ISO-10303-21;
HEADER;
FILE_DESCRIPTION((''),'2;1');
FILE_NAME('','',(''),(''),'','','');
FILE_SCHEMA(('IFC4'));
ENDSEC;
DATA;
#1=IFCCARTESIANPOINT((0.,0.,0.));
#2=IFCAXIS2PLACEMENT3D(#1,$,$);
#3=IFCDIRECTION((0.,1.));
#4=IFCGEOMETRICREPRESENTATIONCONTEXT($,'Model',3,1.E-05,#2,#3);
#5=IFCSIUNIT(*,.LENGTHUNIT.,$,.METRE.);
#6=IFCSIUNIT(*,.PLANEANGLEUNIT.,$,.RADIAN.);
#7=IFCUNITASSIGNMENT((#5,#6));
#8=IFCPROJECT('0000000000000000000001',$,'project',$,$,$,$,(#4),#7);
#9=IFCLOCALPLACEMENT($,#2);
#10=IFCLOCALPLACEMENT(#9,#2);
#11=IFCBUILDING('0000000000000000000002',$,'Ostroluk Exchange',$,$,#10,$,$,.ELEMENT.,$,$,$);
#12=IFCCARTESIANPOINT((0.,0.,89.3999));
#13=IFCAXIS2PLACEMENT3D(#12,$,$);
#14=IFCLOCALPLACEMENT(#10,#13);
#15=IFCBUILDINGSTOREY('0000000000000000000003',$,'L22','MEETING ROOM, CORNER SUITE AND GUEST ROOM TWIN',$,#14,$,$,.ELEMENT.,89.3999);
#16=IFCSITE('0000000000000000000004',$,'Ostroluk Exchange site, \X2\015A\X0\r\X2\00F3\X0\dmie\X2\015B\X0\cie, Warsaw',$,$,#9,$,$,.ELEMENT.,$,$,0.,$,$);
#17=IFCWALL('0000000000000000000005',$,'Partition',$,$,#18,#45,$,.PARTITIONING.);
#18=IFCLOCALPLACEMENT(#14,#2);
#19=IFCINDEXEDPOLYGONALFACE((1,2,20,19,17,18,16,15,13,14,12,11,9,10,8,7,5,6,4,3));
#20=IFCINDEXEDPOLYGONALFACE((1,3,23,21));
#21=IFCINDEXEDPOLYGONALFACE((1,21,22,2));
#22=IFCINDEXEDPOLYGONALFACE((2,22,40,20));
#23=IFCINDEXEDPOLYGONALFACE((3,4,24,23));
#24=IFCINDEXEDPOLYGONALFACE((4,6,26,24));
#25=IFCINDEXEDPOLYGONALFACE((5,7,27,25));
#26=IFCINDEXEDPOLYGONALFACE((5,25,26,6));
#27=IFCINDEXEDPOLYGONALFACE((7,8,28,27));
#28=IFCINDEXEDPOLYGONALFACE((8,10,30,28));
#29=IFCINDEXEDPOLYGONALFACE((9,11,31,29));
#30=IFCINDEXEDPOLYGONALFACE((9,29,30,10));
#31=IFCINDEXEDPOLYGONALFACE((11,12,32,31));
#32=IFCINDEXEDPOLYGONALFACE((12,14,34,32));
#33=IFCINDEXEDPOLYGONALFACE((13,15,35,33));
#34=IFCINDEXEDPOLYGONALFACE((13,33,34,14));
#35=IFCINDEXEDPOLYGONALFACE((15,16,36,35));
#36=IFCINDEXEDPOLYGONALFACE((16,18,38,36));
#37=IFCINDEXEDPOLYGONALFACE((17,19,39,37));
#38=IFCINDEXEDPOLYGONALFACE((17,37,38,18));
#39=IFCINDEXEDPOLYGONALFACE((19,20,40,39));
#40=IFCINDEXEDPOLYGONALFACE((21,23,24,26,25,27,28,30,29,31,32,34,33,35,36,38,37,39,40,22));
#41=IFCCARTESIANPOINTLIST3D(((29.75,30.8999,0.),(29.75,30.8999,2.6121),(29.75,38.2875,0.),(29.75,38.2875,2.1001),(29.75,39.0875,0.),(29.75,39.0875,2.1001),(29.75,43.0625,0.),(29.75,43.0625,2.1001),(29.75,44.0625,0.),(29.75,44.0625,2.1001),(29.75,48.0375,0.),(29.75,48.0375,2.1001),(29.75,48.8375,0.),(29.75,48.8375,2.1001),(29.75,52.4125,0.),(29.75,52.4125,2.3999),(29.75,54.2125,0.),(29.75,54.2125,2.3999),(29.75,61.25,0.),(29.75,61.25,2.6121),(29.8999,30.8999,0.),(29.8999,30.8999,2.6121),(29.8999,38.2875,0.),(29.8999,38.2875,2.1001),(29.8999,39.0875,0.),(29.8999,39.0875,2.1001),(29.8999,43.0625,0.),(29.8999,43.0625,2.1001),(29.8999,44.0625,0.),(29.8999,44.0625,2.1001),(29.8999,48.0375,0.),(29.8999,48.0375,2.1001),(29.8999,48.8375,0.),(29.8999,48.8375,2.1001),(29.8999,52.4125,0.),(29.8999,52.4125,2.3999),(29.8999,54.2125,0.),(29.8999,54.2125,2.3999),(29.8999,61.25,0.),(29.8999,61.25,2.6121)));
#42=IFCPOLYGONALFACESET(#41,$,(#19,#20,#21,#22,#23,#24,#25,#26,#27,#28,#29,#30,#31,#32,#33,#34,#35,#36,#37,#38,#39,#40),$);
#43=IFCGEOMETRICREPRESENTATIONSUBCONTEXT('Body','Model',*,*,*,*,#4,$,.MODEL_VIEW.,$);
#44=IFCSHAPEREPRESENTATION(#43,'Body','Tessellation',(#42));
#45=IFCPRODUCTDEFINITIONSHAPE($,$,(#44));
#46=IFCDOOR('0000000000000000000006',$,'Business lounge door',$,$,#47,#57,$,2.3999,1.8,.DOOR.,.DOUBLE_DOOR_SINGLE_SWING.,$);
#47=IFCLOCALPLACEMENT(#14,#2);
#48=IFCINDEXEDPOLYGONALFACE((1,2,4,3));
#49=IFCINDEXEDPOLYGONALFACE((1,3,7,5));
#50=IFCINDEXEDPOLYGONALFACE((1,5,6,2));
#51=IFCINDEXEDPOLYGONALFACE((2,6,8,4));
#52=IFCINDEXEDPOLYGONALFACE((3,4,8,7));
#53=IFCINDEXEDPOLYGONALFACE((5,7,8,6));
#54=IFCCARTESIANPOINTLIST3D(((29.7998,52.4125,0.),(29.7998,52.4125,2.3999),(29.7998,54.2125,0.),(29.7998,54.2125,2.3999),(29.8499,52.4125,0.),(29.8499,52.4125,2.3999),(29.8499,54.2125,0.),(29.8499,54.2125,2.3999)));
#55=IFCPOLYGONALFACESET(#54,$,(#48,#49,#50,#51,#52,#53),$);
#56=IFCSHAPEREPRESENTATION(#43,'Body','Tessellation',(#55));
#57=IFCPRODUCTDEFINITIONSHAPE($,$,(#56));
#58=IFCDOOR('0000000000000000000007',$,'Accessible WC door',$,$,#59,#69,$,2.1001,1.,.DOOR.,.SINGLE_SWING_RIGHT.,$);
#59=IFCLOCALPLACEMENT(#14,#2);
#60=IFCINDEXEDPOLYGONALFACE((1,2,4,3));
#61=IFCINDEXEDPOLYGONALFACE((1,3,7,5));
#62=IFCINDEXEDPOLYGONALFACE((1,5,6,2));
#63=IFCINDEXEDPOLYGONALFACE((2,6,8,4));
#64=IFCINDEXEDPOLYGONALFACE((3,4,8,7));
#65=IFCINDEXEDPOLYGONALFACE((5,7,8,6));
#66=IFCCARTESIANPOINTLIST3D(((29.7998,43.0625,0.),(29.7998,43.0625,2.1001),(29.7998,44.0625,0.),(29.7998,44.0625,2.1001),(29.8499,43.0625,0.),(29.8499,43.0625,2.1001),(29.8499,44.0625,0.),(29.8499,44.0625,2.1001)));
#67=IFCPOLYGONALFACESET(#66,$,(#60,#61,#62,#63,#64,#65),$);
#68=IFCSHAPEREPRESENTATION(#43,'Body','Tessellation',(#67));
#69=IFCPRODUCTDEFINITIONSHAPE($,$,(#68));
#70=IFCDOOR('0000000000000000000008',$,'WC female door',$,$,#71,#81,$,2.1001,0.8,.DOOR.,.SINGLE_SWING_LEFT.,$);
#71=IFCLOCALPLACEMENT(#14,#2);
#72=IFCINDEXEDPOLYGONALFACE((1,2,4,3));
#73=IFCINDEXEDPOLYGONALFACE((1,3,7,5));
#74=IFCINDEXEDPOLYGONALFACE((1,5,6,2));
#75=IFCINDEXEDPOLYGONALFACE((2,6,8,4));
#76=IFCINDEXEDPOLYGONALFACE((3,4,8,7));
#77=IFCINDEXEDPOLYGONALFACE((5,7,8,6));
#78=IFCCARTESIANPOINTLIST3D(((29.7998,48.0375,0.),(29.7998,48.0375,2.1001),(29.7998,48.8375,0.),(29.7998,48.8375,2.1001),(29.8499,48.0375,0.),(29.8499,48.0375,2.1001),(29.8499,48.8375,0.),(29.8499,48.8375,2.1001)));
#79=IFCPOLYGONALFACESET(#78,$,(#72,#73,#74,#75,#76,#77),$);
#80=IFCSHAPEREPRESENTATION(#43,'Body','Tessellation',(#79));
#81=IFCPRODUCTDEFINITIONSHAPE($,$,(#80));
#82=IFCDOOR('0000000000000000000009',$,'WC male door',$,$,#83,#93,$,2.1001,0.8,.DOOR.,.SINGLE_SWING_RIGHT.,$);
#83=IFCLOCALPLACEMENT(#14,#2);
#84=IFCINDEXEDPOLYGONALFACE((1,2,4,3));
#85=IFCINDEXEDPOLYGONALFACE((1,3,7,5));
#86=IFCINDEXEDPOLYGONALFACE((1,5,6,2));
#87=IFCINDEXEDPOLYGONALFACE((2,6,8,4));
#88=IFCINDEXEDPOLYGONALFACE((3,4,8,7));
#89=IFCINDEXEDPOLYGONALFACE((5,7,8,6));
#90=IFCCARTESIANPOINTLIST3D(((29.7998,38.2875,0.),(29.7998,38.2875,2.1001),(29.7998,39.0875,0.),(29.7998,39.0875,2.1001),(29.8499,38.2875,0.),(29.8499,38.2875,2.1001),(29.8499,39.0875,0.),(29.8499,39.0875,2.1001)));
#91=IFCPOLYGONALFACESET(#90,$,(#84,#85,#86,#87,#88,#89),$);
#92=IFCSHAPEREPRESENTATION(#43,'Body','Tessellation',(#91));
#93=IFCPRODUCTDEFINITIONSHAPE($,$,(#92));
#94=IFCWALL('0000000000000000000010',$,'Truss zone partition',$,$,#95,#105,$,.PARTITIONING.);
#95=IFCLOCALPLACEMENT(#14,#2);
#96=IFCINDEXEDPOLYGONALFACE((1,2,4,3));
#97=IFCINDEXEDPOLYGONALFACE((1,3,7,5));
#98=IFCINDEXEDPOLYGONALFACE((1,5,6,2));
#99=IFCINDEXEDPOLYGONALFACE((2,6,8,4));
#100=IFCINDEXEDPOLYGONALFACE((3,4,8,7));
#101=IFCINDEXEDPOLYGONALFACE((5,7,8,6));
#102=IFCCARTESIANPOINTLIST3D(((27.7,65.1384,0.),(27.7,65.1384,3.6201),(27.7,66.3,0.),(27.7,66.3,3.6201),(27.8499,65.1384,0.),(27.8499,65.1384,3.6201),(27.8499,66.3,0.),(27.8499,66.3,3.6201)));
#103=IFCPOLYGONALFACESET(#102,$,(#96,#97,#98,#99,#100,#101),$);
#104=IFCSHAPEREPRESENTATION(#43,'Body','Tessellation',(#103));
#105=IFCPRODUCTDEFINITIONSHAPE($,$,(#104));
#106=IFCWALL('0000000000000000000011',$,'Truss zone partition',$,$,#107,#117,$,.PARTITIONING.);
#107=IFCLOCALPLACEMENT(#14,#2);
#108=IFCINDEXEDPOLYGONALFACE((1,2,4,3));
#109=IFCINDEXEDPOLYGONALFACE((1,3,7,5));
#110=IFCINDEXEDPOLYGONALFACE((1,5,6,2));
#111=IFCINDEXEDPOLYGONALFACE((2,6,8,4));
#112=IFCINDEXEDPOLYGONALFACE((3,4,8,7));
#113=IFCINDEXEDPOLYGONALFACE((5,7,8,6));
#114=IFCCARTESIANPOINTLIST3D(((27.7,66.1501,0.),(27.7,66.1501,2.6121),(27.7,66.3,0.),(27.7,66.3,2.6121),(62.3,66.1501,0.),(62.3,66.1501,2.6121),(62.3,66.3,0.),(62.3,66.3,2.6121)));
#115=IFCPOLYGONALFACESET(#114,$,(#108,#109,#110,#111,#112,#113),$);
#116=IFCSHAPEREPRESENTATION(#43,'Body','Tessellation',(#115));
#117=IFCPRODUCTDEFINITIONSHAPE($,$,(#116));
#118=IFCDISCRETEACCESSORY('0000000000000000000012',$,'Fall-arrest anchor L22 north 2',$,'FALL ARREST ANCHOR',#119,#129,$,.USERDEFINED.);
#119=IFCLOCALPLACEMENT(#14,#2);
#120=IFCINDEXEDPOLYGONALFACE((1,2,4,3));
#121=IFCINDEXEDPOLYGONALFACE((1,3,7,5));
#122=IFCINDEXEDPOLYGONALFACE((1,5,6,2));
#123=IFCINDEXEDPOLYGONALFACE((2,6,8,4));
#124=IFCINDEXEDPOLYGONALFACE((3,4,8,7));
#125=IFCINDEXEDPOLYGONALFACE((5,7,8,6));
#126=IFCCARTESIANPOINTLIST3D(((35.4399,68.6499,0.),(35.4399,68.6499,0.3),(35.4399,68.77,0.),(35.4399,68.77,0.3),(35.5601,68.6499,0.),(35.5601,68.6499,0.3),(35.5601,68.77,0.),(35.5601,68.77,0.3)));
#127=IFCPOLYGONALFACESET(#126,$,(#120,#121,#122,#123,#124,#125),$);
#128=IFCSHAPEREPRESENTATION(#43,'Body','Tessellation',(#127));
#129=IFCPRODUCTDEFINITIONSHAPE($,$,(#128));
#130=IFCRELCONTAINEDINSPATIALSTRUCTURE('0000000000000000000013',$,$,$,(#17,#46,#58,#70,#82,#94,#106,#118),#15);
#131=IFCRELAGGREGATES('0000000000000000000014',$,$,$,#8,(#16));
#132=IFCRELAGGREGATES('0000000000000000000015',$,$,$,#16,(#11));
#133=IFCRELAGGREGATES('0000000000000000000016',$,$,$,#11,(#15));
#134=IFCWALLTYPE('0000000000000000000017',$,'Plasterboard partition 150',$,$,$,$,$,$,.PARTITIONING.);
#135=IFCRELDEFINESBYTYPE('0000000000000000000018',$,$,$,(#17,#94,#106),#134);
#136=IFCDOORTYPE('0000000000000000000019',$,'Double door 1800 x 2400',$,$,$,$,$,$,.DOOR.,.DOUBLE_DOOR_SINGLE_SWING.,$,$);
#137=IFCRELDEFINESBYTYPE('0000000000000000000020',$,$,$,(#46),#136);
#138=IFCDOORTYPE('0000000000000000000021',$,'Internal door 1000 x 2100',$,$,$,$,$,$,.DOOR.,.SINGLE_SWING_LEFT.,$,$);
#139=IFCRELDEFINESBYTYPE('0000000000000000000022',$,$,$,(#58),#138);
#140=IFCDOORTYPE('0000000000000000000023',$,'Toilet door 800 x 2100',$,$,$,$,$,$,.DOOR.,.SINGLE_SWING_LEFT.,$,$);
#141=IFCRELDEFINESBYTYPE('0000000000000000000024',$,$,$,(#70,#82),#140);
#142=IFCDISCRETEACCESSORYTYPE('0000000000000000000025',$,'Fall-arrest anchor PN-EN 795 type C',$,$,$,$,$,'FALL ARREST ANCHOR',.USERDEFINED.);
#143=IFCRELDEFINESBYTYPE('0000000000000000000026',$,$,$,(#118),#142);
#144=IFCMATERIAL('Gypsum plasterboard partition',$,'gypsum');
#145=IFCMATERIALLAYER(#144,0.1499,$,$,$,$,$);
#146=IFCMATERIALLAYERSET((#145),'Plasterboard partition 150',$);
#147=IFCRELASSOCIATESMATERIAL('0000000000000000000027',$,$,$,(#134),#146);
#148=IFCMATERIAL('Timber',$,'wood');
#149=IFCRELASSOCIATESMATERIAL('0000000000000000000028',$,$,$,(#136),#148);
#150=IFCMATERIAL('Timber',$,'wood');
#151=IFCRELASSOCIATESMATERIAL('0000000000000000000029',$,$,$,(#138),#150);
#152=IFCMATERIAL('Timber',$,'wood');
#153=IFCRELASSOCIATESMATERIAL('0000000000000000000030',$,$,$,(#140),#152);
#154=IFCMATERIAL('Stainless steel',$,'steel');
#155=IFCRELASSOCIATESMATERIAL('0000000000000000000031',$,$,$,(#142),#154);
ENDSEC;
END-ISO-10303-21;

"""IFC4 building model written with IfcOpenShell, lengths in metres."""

from ifc_helpers import new_model, si_unit, direction, frame, frame_2d, origin, origin_2d, place, context, subcontext, project, spatial, rectangle, extrude, material, layer, layer_set, type_object, element, fill, save


model = new_model("IFC4")

# Units and contexts
model_context = context("Model", 3, precision=1e-05, world=origin(), true_north=direction((0.0, 1.0)))
body_context = subcontext(model_context, "Body", "Model", "MODEL_VIEW")
ifc_project = project(units=[si_unit("LENGTHUNIT", "METRE"), si_unit("PLANEANGLEUNIT", "RADIAN")], contexts=[model_context])

# Site, building, storey
site_placement = place(None, origin())
site = spatial("IfcSite", under=ifc_project, at=site_placement, Name="Ostroluk Exchange site, Śródmieście, Warsaw", CompositionType="ELEMENT", RefElevation=0.0)
building_placement = place(site_placement, origin())
building = spatial("IfcBuilding", under=site, at=building_placement, Name="Ostroluk Exchange", CompositionType="ELEMENT")
storey_placement = place(building_placement, frame((0.0, 0.0, 89.3999)))
storey = spatial("IfcBuildingStorey", under=building, at=storey_placement, Name="L22", Description="MEETING ROOM, CORNER SUITE AND GUEST ROOM TWIN", CompositionType="ELEMENT", Elevation=89.3999)

# Shared definitions
ifc_material_1 = material(Name="Gypsum plasterboard partition", Category="gypsum")
ifc_layer_1 = layer(ifc_material_1, 0.1499)
ifc_layer_set_1 = layer_set([ifc_layer_1], Name="Plasterboard partition 150")
wall_type = type_object("IfcWallType", Name="Plasterboard partition 150", PredefinedType="PARTITIONING", material=ifc_layer_set_1)

# Wall, openings, doors
wall_1_placement = place(storey_placement, frame((29.825, 61.25, 0.0), z_axis=(0.0, 0.0, 1.0), x_axis=(0.0, -1.0, 0.0)))
wall_1 = element("IfcWall", 1, at=wall_1_placement, inside=storey, type_object=wall_type, Name="Partition", PredefinedType="PARTITIONING", context=body_context, shape_type="SweptSolid", body=[
    extrude(rectangle(XDim=30.3501, YDim=0.1499, at=frame_2d((15.175, 0.0))), origin(), (0.0, 0.0, 1.0), 2.6121),
])
opening_1_placement = place(wall_1_placement, frame((7.0376, 0.0, 0.0)))
opening_1 = element("IfcOpeningElement", 2, at=opening_1_placement, cuts=wall_1, PredefinedType="OPENING", context=body_context, shape_type="SweptSolid", body=[
    extrude(rectangle(XDim=1.8, YDim=2.3999, at=frame_2d((0.8999, 1.2))), frame((0.0, 0.085, 0.0), z_axis=(0.0, -1.0, 0.0), x_axis=(1.0, 0.0, 0.0)), (0.0, 0.0, 1.0), 0.1699),
])
opening_2_placement = place(wall_1_placement, frame((12.4126, 0.0, 0.0)))
opening_2 = element("IfcOpeningElement", 3, at=opening_2_placement, cuts=wall_1, PredefinedType="OPENING", context=body_context, shape_type="SweptSolid", body=[
    extrude(rectangle(XDim=0.8, YDim=2.1001, at=frame_2d((0.3999, 1.05))), frame((0.0, 0.085, 0.0), z_axis=(0.0, -1.0, 0.0), x_axis=(1.0, 0.0, 0.0)), (0.0, 0.0, 1.0), 0.1699),
])
opening_3_placement = place(wall_1_placement, frame((17.1875, 0.0, 0.0)))
opening_3 = element("IfcOpeningElement", 4, at=opening_3_placement, cuts=wall_1, PredefinedType="OPENING", context=body_context, shape_type="SweptSolid", body=[
    extrude(rectangle(XDim=1.0, YDim=2.1001, at=frame_2d((0.5, 1.05))), frame((0.0, 0.085, 0.0), z_axis=(0.0, -1.0, 0.0), x_axis=(1.0, 0.0, 0.0)), (0.0, 0.0, 1.0), 0.1699),
])
opening_4_placement = place(wall_1_placement, frame((22.1626, 0.0, 0.0)))
opening_4 = element("IfcOpeningElement", 5, at=opening_4_placement, cuts=wall_1, PredefinedType="OPENING", context=body_context, shape_type="SweptSolid", body=[
    extrude(rectangle(XDim=0.8, YDim=2.1001, at=frame_2d((0.3999, 1.05))), frame((0.0, 0.085, 0.0), z_axis=(0.0, -1.0, 0.0), x_axis=(1.0, 0.0, 0.0)), (0.0, 0.0, 1.0), 0.1699),
])
ifc_material_2 = material(Name="Timber", Category="wood")
door_type_1 = type_object("IfcDoorType", Name="Double door 1800 x 2400", OperationType="DOUBLE_DOOR_SINGLE_SWING", PredefinedType="DOOR", material=ifc_material_2)
door_1_placement = place(opening_1_placement, origin())
door_1 = element("IfcDoor", 6, at=door_1_placement, inside=storey, type_object=door_type_1, Name="Business lounge door", OperationType="DOUBLE_DOOR_SINGLE_SWING", OverallHeight=2.3999, OverallWidth=1.8, PredefinedType="DOOR", context=body_context, shape_type="SweptSolid", body=[
    extrude(rectangle(XDim=1.8, YDim=2.3999, at=frame_2d((0.8999, 1.2))), frame((0.0, 0.0249, 0.0), z_axis=(0.0, -1.0, 0.0), x_axis=(1.0, 0.0, 0.0)), (0.0, 0.0, 1.0), 0.05),
])
fill(opening_1, door_1)
ifc_material_3 = material(Name="Timber", Category="wood")
door_type_2 = type_object("IfcDoorType", Name="Internal door 1000 x 2100", OperationType="SINGLE_SWING_LEFT", PredefinedType="DOOR", material=ifc_material_3)
door_2_placement = place(opening_3_placement, origin())
door_2 = element("IfcDoor", 7, at=door_2_placement, inside=storey, type_object=door_type_2, Name="Accessible WC door", OperationType="SINGLE_SWING_RIGHT", OverallHeight=2.1001, OverallWidth=1.0, PredefinedType="DOOR", context=body_context, shape_type="SweptSolid", body=[
    extrude(rectangle(XDim=1.0, YDim=2.1001, at=frame_2d((0.5, 1.05))), frame((0.0, 0.0249, 0.0), z_axis=(0.0, -1.0, 0.0), x_axis=(1.0, 0.0, 0.0)), (0.0, 0.0, 1.0), 0.05),
])
fill(opening_3, door_2)
ifc_material_4 = material(Name="Timber", Category="wood")
door_type_3 = type_object("IfcDoorType", Name="Toilet door 800 x 2100", OperationType="SINGLE_SWING_LEFT", PredefinedType="DOOR", material=ifc_material_4)
door_3_placement = place(opening_2_placement, origin())
door_3 = element("IfcDoor", 8, at=door_3_placement, inside=storey, type_object=door_type_3, Name="WC female door", OperationType="SINGLE_SWING_LEFT", OverallHeight=2.1001, OverallWidth=0.8, PredefinedType="DOOR", context=body_context, shape_type="SweptSolid", body=[
    extrude(rectangle(XDim=0.8, YDim=2.1001, at=frame_2d((0.3999, 1.05))), frame((0.0, 0.0249, 0.0), z_axis=(0.0, -1.0, 0.0), x_axis=(1.0, 0.0, 0.0)), (0.0, 0.0, 1.0), 0.05),
])
fill(opening_2, door_3)
door_4_placement = place(opening_4_placement, origin())
door_4 = element("IfcDoor", 9, at=door_4_placement, inside=storey, type_object=door_type_3, Name="WC male door", OperationType="SINGLE_SWING_RIGHT", OverallHeight=2.1001, OverallWidth=0.8, PredefinedType="DOOR", context=body_context, shape_type="SweptSolid", body=[
    extrude(rectangle(XDim=0.8, YDim=2.1001, at=frame_2d((0.3999, 1.05))), frame((0.0, 0.0249, 0.0), z_axis=(0.0, -1.0, 0.0), x_axis=(1.0, 0.0, 0.0)), (0.0, 0.0, 1.0), 0.05),
])
fill(opening_4, door_4)

# Walls
wall_2_placement = place(storey_placement, frame((27.7749, 65.1384, 0.0), z_axis=(0.0, 0.0, 1.0), x_axis=(0.0, 1.0, 0.0)))
element("IfcWall", 10, at=wall_2_placement, inside=storey, type_object=wall_type, Name="Truss zone partition", PredefinedType="PARTITIONING", context=body_context, shape_type="SweptSolid", body=[
    extrude(rectangle(XDim=1.1616, YDim=0.1499, at=frame_2d((0.5808, 0.0))), origin(), (0.0, 0.0, 1.0), 3.6201),
])
wall_3_placement = place(storey_placement, frame((27.7, 66.2251, 0.0), z_axis=(0.0, 0.0, 1.0), x_axis=(1.0, 0.0, 0.0)))
element("IfcWall", 11, at=wall_3_placement, inside=storey, type_object=wall_type, Name="Truss zone partition", PredefinedType="PARTITIONING", context=body_context, shape_type="SweptSolid", body=[
    extrude(rectangle(XDim=34.6001, YDim=0.1499, at=frame_2d((17.3, 0.0))), origin(), (0.0, 0.0, 1.0), 2.6121),
])

# Discrete accessory
ifc_material_5 = material(Name="Stainless steel", Category="steel")
discrete_accessory_type = type_object("IfcDiscreteAccessoryType", Name="Fall-arrest anchor PN-EN 795 type C", ElementType="FALL ARREST ANCHOR", PredefinedType="USERDEFINED", material=ifc_material_5)
discrete_accessory_placement = place(storey_placement, frame((35.5, 68.71, 0.0), z_axis=(0.0, 0.0, 1.0), x_axis=(1.0, 0.0, 0.0)))
element("IfcDiscreteAccessory", 12, at=discrete_accessory_placement, inside=storey, type_object=discrete_accessory_type, Name="Fall-arrest anchor L22 north 2", ObjectType="FALL ARREST ANCHOR", PredefinedType="USERDEFINED", context=body_context, shape_type="SweptSolid", body=[
    extrude(rectangle(XDim=0.1201, YDim=0.1201, at=origin_2d()), origin(), (0.0, 0.0, 1.0), 0.3),
])

save(model, "model.ifc")
